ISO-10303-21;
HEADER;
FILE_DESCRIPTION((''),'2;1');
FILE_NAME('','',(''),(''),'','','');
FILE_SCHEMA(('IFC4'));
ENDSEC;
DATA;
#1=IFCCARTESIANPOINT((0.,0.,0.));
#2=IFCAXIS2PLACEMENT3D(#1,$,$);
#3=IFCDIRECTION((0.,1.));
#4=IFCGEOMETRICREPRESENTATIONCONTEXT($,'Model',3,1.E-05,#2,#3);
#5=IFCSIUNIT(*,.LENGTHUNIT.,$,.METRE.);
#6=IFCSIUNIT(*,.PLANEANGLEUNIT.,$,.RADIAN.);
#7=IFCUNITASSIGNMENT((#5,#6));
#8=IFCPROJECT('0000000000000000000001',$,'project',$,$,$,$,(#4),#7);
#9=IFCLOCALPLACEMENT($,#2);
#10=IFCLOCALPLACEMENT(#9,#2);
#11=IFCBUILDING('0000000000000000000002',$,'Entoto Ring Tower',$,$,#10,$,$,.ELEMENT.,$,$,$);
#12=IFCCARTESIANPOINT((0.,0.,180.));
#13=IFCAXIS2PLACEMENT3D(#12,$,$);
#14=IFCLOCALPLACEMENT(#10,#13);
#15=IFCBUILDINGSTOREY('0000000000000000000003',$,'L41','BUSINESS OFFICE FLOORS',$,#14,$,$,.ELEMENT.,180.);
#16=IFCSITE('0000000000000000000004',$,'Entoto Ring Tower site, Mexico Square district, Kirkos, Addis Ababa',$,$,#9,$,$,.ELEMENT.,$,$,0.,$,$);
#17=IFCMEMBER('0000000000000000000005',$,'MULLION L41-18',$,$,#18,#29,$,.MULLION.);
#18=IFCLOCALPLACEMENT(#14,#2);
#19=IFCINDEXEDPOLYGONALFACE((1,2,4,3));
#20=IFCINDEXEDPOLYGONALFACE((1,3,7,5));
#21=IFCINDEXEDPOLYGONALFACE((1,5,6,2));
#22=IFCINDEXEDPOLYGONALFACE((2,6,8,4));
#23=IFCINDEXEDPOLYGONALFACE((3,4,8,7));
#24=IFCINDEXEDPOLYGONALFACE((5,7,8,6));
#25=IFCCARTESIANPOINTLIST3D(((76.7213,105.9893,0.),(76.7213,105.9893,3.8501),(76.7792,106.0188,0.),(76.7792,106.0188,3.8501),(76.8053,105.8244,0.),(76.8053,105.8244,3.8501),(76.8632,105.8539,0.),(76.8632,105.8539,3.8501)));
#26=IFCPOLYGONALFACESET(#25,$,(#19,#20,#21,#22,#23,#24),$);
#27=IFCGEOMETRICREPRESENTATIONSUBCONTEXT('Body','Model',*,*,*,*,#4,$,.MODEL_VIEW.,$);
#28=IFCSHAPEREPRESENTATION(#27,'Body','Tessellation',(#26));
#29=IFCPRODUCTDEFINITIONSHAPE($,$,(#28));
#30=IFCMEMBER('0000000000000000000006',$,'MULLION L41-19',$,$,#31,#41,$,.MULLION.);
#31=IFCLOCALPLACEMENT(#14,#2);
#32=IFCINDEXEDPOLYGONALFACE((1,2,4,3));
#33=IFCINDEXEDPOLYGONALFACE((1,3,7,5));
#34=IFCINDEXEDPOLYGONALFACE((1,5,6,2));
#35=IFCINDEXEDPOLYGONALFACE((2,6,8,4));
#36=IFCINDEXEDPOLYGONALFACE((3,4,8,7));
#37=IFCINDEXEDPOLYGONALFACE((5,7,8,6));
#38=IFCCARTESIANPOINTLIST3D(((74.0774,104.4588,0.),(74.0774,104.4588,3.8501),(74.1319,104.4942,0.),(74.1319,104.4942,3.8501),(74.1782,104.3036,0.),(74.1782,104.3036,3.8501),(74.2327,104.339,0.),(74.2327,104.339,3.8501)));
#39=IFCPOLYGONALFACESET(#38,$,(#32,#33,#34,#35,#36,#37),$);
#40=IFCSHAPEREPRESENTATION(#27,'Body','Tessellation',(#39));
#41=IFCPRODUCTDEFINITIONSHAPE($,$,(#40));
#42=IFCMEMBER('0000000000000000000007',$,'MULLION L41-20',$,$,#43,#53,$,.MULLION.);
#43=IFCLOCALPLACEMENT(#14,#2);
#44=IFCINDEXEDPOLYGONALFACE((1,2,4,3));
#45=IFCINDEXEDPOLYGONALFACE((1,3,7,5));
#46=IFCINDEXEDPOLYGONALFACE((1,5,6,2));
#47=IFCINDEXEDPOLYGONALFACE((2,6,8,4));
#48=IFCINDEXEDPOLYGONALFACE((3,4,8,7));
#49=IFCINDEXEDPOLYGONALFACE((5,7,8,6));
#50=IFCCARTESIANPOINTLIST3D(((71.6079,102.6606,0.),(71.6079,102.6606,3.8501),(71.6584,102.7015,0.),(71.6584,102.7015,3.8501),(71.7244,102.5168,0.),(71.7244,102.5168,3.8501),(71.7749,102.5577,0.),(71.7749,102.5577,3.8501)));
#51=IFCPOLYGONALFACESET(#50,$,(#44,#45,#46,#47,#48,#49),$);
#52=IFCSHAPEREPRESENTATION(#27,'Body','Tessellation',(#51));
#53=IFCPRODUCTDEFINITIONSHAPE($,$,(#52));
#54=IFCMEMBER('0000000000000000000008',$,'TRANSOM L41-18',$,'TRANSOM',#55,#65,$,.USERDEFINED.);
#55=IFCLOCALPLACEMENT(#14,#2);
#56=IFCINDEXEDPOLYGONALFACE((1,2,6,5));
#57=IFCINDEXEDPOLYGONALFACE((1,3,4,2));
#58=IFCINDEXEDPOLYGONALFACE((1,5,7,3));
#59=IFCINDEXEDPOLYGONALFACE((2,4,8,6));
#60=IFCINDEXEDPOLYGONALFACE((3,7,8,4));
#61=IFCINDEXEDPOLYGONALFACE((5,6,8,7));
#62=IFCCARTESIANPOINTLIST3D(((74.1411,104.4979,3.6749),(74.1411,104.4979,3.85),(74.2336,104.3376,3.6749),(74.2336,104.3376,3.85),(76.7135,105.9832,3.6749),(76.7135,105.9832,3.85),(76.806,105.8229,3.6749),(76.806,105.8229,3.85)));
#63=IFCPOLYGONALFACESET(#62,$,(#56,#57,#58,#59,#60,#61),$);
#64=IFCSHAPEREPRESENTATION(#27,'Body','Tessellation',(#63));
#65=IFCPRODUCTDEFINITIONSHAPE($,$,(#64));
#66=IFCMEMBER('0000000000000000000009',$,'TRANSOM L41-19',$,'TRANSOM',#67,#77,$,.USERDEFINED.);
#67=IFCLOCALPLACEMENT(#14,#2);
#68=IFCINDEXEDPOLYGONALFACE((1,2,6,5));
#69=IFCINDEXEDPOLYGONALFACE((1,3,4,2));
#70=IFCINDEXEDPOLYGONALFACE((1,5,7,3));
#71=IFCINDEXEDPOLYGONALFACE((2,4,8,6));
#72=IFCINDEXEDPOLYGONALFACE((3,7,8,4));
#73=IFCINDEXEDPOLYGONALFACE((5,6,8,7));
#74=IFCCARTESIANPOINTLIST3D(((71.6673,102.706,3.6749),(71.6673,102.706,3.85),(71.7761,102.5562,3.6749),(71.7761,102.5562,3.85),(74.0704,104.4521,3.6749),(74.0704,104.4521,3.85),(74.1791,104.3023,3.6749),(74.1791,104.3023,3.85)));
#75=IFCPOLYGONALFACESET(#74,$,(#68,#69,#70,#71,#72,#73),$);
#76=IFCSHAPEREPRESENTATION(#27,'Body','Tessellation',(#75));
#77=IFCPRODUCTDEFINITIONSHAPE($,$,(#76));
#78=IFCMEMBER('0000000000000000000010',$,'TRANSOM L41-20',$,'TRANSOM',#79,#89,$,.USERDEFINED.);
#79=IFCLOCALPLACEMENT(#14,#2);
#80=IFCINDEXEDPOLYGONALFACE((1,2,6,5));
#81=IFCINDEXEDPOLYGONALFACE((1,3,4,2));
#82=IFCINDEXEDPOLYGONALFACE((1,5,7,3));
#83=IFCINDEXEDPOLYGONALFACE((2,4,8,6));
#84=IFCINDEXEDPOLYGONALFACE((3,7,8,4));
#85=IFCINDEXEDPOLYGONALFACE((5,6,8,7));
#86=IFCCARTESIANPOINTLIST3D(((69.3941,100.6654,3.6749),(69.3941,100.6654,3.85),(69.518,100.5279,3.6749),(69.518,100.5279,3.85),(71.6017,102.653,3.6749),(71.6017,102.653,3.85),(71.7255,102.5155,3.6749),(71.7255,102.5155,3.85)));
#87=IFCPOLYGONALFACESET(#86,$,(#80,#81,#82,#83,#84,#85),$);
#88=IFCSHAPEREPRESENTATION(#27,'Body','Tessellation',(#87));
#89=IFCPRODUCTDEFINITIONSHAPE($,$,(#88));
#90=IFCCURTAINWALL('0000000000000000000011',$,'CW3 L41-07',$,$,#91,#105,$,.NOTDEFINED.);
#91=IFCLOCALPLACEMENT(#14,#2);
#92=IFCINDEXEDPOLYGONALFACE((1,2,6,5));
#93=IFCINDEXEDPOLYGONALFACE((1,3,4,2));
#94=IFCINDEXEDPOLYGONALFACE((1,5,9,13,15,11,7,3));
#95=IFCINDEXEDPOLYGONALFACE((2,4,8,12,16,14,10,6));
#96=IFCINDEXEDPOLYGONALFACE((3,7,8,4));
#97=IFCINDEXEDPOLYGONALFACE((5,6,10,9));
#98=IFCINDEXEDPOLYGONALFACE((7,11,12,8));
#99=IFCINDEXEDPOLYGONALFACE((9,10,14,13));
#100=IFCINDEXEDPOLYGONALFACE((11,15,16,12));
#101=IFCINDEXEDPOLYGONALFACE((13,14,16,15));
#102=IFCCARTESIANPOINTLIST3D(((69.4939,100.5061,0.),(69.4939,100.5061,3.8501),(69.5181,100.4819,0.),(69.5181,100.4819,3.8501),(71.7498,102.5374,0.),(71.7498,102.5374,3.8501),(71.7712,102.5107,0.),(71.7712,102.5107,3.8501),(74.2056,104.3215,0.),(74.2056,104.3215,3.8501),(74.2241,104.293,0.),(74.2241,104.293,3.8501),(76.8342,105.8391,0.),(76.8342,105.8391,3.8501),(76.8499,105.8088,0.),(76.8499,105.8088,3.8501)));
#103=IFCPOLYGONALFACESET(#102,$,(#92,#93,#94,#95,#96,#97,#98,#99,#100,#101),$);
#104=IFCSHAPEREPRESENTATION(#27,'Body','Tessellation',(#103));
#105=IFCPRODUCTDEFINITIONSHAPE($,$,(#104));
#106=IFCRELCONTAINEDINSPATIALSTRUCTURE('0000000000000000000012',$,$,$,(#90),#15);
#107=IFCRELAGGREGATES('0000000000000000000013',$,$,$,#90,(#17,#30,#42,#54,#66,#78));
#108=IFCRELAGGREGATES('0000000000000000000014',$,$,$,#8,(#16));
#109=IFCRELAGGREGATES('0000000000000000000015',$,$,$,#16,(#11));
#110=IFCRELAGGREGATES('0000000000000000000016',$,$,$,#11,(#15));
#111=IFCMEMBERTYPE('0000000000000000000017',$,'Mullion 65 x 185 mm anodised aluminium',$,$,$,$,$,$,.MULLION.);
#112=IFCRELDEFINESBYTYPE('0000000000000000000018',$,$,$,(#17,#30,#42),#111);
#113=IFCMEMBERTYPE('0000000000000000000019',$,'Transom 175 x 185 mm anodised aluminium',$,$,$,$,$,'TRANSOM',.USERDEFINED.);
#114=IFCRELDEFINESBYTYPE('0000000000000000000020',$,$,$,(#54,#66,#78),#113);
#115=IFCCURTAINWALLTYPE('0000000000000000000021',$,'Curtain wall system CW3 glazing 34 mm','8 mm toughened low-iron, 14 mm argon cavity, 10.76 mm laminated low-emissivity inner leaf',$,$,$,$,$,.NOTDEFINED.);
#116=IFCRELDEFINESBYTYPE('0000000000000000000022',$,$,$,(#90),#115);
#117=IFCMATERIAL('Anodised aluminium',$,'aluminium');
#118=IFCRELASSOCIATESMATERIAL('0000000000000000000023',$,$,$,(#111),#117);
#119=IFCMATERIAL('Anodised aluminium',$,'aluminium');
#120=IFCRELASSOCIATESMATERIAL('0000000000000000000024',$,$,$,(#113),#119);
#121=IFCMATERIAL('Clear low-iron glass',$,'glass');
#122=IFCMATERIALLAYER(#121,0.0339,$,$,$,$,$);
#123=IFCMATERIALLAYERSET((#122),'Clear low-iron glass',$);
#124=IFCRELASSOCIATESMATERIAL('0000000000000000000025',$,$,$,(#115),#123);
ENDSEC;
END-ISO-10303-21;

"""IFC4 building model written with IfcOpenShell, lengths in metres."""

from ifc_helpers import new_model, si_unit, direction, frame, origin, origin_2d, place, context, subcontext, project, spatial, polyline, rectangle, outline, extrude, material, layer, layer_set, material_profile, profile_set, type_object, element, aggregate, save


model = new_model("IFC4")

# Units and contexts
model_context = context("Model", 3, precision=1e-05, world=origin(), true_north=direction((0.0, 1.0)))
body_context = subcontext(model_context, "Body", "Model", "MODEL_VIEW")
ifc_project = project(units=[si_unit("LENGTHUNIT", "METRE"), si_unit("PLANEANGLEUNIT", "RADIAN")], contexts=[model_context])

# Members
ifc_material_1 = material(Name="Anodised aluminium", Category="aluminium")
ifc_material_profile_1 = material_profile(ifc_material_1, rectangle(XDim=0.0649, YDim=0.1851, at=origin_2d()), Name="Mullion 65 x 185 mm anodised aluminium")
ifc_profile_set_1 = profile_set([ifc_material_profile_1], Name="Anodised aluminium")
member_type_1 = type_object("IfcMemberType", Name="Mullion 65 x 185 mm anodised aluminium", PredefinedType="MULLION", material=ifc_profile_set_1)
site_placement = place(None, origin())
building_placement = place(site_placement, origin())
storey_placement = place(building_placement, frame((0.0, 0.0, 180.0)))
member_1_placement = place(storey_placement, frame((76.7922, 105.9216, 0.0), z_axis=(0.0, 0.0, 1.0), x_axis=(-0.891007, -0.45399, 0.0)))
member_1 = element("IfcMember", 1, at=member_1_placement, type_object=member_type_1, Name="MULLION L41-18", PredefinedType="MULLION", context=body_context, shape_type="SweptSolid", body=[
    extrude(rectangle(XDim=0.0649, YDim=0.1851, at=origin_2d()), origin(), (0.0, 0.0, 1.0), 3.8501),
])
member_2_placement = place(storey_placement, frame((74.155, 104.3989, 0.0), z_axis=(0.0, 0.0, 1.0), x_axis=(-0.838671, -0.544639, 0.0)))
member_2 = element("IfcMember", 2, at=member_2_placement, type_object=member_type_1, Name="MULLION L41-19", PredefinedType="MULLION", context=body_context, shape_type="SweptSolid", body=[
    extrude(rectangle(XDim=0.0649, YDim=0.1851, at=origin_2d()), origin(), (0.0, 0.0, 1.0), 3.8501),
])
member_3_placement = place(storey_placement, frame((71.6914, 102.6091, 0.0), z_axis=(0.0, 0.0, 1.0), x_axis=(-0.777146, -0.62932, 0.0)))
member_3 = element("IfcMember", 3, at=member_3_placement, type_object=member_type_1, Name="MULLION L41-20", PredefinedType="MULLION", context=body_context, shape_type="SweptSolid", body=[
    extrude(rectangle(XDim=0.0649, YDim=0.1851, at=origin_2d()), origin(), (0.0, 0.0, 1.0), 3.8501),
])
ifc_material_2 = material(Name="Anodised aluminium", Category="aluminium")
ifc_material_profile_2 = material_profile(ifc_material_2, rectangle(XDim=0.1851, YDim=0.175, at=origin_2d()), Name="Transom 175 x 185 mm anodised aluminium")
ifc_profile_set_2 = profile_set([ifc_material_profile_2], Name="Anodised aluminium")
member_type_2 = type_object("IfcMemberType", Name="Transom 175 x 185 mm anodised aluminium", ElementType="TRANSOM", PredefinedType="USERDEFINED", material=ifc_profile_set_2)
member_4_placement = place(storey_placement, frame((76.7598, 105.9031, 3.7625), z_axis=(-0.866009, -0.500028, 0.0), x_axis=(0.500028, -0.866009, 0.0)))
member_4 = element("IfcMember", 4, at=member_4_placement, type_object=member_type_2, Name="TRANSOM L41-18", ObjectType="TRANSOM", PredefinedType="USERDEFINED", context=body_context, shape_type="SweptSolid", body=[
    extrude(rectangle(XDim=0.1851, YDim=0.175, at=origin_2d()), origin(), (0.0, 0.0, 1.0), 2.9705),
])
member_5_placement = place(storey_placement, frame((74.1248, 104.3772, 3.7625), z_axis=(-0.808992, -0.58782, 0.0), x_axis=(0.58782, -0.808992, 0.0)))
member_5 = element("IfcMember", 5, at=member_5_placement, type_object=member_type_2, Name="TRANSOM L41-19", ObjectType="TRANSOM", PredefinedType="USERDEFINED", context=body_context, shape_type="SweptSolid", body=[
    extrude(rectangle(XDim=0.1851, YDim=0.175, at=origin_2d()), origin(), (0.0, 0.0, 1.0), 2.9705),
])
member_6_placement = place(storey_placement, frame((71.6636, 102.5842, 3.7625), z_axis=(-0.743163, -0.66911, 0.0), x_axis=(0.66911, -0.743163, 0.0)))
member_6 = element("IfcMember", 6, at=member_6_placement, type_object=member_type_2, Name="TRANSOM L41-20", ObjectType="TRANSOM", PredefinedType="USERDEFINED", context=body_context, shape_type="SweptSolid", body=[
    extrude(rectangle(XDim=0.1851, YDim=0.175, at=origin_2d()), origin(), (0.0, 0.0, 1.0), 2.9705),
])

# Site, building, storey
site = spatial("IfcSite", under=ifc_project, at=site_placement, Name="Entoto Ring Tower site, Mexico Square district, Kirkos, Addis Ababa", CompositionType="ELEMENT", RefElevation=0.0)
building = spatial("IfcBuilding", under=site, at=building_placement, Name="Entoto Ring Tower", CompositionType="ELEMENT")
storey = spatial("IfcBuildingStorey", under=building, at=storey_placement, Name="L41", Description="BUSINESS OFFICE FLOORS", CompositionType="ELEMENT", Elevation=180.0)

# Curtain wall
ifc_material_3 = material(Name="Clear low-iron glass", Category="glass")
ifc_layer = layer(ifc_material_3, 0.0339)
ifc_layer_set = layer_set([ifc_layer], Name="Clear low-iron glass")
curtain_wall_type = type_object("IfcCurtainWallType", Name="Curtain wall system CW3 glazing 34 mm", Description="8 mm toughened low-iron, 14 mm argon cavity, 10.76 mm laminated low-emissivity inner leaf", PredefinedType="NOTDEFINED", material=ifc_layer_set)
curtain_wall_1_placement = place(storey_placement, origin())
curtain_wall_1 = element("IfcCurtainWall", 7, at=curtain_wall_1_placement, inside=storey, type_object=curtain_wall_type, Name="CW3 L41-07", PredefinedType="NOTDEFINED", context=body_context, shape_type="SweptSolid", body=[
    extrude(outline(polyline([(76.8342, 105.8391), (74.2056, 104.3215), (71.7498, 102.5374), (69.4939, 100.5061), (69.5181, 100.4819), (71.7712, 102.5107), (74.2241, 104.293), (76.8499, 105.8088), (76.8342, 105.8391)])), origin(), (0.0, 0.0, 1.0), 3.8501),
])
aggregate(curtain_wall_1, [member_1, member_2, member_3, member_4, member_5, member_6])

save(model, "model.ifc")
